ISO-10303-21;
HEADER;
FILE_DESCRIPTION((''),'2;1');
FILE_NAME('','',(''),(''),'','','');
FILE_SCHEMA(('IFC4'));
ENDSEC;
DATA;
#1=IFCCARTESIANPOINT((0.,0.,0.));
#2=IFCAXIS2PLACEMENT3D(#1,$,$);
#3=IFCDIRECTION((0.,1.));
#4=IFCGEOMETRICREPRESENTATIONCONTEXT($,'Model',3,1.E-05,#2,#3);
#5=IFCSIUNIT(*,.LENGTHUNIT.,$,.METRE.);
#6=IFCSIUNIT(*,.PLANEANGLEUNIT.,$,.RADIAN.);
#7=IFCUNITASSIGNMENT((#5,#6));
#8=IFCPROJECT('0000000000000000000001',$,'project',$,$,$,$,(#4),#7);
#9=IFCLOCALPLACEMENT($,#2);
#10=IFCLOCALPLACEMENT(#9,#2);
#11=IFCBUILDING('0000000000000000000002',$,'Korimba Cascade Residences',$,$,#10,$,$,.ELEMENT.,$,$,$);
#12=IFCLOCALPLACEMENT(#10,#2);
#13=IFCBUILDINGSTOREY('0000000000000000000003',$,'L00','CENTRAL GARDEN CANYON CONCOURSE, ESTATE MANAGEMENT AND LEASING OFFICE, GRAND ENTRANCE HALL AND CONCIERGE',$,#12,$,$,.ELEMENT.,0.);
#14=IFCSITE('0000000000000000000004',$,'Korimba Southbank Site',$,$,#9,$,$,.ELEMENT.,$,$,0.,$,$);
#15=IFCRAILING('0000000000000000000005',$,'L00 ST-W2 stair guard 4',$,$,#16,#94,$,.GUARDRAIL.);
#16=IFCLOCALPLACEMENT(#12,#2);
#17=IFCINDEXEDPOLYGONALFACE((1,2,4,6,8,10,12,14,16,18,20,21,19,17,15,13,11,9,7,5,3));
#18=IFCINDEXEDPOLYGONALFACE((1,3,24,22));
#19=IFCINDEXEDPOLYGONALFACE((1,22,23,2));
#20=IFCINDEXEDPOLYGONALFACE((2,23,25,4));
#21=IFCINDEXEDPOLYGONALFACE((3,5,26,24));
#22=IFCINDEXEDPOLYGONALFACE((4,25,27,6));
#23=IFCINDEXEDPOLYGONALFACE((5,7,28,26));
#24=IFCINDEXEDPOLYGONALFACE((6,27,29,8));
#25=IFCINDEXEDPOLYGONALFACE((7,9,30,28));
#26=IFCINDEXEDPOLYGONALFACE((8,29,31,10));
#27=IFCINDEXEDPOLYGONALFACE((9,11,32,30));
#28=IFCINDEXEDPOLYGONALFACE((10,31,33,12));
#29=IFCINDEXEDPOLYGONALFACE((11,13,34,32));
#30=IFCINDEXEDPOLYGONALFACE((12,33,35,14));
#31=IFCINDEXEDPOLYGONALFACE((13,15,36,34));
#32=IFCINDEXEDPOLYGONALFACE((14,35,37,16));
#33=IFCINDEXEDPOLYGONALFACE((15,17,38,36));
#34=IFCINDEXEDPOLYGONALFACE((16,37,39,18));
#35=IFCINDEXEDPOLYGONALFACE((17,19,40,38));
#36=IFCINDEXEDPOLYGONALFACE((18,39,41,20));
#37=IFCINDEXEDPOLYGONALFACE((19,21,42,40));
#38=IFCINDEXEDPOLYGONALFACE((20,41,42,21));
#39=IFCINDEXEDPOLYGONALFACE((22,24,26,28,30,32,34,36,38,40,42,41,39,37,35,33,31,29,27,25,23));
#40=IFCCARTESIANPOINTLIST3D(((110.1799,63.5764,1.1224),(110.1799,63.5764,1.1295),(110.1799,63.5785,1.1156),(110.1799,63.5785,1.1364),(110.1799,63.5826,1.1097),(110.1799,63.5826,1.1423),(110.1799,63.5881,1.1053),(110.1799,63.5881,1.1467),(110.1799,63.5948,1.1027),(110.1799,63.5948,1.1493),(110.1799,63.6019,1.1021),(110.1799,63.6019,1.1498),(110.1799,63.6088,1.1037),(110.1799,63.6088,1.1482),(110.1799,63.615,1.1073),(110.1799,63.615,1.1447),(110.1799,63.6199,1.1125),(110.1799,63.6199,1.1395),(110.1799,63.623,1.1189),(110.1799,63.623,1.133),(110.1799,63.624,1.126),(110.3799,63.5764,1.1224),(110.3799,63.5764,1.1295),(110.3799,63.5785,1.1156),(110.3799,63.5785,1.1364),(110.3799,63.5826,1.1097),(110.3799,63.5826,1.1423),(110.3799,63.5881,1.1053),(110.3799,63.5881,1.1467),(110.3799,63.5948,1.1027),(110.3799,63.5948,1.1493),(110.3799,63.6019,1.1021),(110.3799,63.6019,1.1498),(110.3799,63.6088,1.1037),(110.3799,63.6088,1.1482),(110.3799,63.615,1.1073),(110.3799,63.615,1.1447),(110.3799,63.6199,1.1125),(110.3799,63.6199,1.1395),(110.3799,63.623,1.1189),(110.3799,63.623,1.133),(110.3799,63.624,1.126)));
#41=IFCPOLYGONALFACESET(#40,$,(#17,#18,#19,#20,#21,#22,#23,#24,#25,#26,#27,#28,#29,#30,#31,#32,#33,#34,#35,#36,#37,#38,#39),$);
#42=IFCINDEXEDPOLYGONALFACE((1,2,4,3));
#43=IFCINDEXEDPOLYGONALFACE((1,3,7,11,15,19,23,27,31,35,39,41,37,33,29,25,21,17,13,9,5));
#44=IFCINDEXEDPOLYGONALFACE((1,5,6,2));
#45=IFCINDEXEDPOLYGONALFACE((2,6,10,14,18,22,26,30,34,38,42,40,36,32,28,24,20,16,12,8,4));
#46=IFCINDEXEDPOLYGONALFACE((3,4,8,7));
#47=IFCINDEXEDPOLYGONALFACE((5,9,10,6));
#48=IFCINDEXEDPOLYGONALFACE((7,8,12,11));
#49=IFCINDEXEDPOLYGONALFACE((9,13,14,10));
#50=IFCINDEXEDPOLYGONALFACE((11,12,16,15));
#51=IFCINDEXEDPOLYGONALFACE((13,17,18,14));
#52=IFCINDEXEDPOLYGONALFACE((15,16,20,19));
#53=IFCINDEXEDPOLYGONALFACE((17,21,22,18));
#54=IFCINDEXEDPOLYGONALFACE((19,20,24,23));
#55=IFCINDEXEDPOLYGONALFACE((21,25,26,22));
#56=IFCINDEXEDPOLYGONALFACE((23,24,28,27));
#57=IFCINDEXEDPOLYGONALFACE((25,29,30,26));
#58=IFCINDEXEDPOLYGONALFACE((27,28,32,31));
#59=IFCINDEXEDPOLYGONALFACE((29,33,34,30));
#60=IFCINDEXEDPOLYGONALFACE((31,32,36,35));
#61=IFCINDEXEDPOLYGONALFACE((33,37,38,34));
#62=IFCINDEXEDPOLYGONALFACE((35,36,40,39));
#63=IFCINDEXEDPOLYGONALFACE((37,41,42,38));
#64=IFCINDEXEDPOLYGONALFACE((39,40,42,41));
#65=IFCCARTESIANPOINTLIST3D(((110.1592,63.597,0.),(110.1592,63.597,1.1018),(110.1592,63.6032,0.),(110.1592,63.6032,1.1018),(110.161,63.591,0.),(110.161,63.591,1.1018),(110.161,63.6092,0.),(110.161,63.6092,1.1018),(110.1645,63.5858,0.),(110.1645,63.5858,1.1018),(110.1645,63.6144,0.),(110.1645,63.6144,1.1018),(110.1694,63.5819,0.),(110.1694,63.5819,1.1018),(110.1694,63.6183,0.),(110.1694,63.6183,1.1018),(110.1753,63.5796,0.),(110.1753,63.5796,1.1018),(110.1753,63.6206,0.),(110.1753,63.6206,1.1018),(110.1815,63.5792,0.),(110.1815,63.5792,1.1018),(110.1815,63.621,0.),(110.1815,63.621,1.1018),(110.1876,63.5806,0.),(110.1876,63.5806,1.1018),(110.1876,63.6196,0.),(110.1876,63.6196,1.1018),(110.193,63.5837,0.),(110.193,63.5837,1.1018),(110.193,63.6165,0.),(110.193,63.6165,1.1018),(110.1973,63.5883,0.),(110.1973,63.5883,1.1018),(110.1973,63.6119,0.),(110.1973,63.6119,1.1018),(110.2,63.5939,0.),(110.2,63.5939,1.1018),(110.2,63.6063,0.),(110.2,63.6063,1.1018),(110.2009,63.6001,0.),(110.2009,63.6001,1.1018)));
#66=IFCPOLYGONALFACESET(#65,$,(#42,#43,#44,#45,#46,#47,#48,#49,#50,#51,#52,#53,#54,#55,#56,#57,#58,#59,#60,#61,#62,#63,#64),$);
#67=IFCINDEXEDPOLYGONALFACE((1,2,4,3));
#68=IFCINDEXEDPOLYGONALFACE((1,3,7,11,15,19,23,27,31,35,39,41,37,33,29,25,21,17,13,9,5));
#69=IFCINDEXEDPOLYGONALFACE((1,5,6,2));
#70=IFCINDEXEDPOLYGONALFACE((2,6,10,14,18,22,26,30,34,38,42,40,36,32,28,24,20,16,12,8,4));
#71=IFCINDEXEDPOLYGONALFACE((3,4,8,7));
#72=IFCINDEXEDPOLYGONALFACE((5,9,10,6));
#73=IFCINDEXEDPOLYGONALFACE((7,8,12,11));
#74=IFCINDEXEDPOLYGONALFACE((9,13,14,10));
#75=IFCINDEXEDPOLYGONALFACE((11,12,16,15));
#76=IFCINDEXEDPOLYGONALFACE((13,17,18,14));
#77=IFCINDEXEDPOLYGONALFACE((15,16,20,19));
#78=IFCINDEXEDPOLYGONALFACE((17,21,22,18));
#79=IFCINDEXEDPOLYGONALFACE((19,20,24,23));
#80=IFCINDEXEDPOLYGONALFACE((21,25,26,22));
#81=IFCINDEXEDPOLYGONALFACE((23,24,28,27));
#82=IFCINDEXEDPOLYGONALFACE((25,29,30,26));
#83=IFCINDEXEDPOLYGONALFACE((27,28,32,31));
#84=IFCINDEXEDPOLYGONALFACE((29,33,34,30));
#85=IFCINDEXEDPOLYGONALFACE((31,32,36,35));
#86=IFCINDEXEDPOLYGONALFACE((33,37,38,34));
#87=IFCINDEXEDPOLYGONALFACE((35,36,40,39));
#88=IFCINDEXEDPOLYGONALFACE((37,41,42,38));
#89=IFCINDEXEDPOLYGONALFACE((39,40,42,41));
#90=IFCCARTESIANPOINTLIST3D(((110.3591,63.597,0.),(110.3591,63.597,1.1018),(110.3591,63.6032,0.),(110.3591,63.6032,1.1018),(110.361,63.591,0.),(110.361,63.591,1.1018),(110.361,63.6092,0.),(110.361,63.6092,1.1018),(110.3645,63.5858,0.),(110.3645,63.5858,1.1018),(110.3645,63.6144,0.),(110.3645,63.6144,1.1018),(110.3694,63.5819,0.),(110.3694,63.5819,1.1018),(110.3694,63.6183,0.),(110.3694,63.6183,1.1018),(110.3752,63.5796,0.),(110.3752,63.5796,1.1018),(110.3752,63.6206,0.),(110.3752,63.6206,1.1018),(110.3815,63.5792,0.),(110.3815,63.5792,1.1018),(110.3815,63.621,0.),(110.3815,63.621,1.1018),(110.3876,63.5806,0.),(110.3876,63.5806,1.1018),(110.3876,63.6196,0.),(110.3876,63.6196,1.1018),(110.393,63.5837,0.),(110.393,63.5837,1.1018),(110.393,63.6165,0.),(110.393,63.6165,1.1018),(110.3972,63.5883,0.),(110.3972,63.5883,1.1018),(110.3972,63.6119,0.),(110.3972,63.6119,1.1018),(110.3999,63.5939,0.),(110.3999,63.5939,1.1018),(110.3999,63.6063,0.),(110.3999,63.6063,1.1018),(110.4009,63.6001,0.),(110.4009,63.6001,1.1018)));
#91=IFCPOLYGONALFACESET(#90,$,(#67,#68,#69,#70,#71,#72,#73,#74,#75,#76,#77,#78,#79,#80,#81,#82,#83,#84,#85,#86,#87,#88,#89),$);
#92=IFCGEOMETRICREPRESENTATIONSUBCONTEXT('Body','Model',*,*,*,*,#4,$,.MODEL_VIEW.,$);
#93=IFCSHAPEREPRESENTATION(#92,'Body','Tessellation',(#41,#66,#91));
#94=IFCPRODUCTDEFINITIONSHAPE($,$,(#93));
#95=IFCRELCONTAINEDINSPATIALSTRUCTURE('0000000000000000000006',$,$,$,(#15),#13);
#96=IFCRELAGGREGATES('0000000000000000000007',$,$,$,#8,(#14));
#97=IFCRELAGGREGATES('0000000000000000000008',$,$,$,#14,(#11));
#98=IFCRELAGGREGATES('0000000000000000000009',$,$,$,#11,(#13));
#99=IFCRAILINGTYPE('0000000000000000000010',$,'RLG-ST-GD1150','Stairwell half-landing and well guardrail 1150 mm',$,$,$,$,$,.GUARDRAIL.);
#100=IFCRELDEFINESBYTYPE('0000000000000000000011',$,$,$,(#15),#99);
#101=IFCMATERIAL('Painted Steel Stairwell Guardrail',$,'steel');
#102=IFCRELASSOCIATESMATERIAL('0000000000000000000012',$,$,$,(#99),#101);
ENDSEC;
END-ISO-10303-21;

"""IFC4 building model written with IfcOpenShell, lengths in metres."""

from ifc_helpers import new_model, si_unit, direction, frame, origin, origin_2d, place, context, subcontext, project, spatial, circle, extrude, material, type_object, element, save


model = new_model("IFC4")

# Units and contexts
model_context = context("Model", 3, precision=1e-05, world=origin(), true_north=direction((0.0, 1.0)))
body_context = subcontext(model_context, "Body", "Model", "MODEL_VIEW")
ifc_project = project(units=[si_unit("LENGTHUNIT", "METRE"), si_unit("PLANEANGLEUNIT", "RADIAN")], contexts=[model_context])

# Site, building, storey
site_placement = place(None, origin())
site = spatial("IfcSite", under=ifc_project, at=site_placement, Name="Korimba Southbank Site", CompositionType="ELEMENT", RefElevation=0.0)
building_placement = place(site_placement, origin())
building = spatial("IfcBuilding", under=site, at=building_placement, Name="Korimba Cascade Residences", CompositionType="ELEMENT")
storey_placement = place(building_placement, origin())
storey = spatial("IfcBuildingStorey", under=building, at=storey_placement, Name="L00", Description="CENTRAL GARDEN CANYON CONCOURSE, ESTATE MANAGEMENT AND LEASING OFFICE, GRAND ENTRANCE HALL AND CONCIERGE", CompositionType="ELEMENT", Elevation=0.0)

# Railing
ifc_material_1 = material(Name="Painted Steel Stairwell Guardrail", Category="steel")
railing_type_1 = type_object("IfcRailingType", Name="RLG-ST-GD1150", Description="Stairwell half-landing and well guardrail 1150 mm", PredefinedType="GUARDRAIL", material=ifc_material_1)
railing_1_placement = place(storey_placement, frame((110.1799, 63.6001, 0.0)))
element("IfcRailing", 1, at=railing_1_placement, inside=storey, type_object=railing_type_1, Name="L00 ST-W2 stair guard 4", PredefinedType="GUARDRAIL", context=body_context, shape_type="SweptSolid", body=[
    extrude(circle(Radius=0.0239, at=origin_2d()), frame((0.0, 0.0, 1.126), z_axis=(1.0, 0.0, 0.0), x_axis=(0.0, 1.0, 0.0)), (0.0, 0.0, 1.0), 0.2),
    extrude(circle(Radius=0.021, at=origin_2d()), origin(), (0.0, 0.0, 1.0), 1.1018),
    extrude(circle(Radius=0.021, at=origin_2d()), frame((0.2, 0.0, 0.0)), (0.0, 0.0, 1.0), 1.1018),
])

save(model, "model.ifc")
